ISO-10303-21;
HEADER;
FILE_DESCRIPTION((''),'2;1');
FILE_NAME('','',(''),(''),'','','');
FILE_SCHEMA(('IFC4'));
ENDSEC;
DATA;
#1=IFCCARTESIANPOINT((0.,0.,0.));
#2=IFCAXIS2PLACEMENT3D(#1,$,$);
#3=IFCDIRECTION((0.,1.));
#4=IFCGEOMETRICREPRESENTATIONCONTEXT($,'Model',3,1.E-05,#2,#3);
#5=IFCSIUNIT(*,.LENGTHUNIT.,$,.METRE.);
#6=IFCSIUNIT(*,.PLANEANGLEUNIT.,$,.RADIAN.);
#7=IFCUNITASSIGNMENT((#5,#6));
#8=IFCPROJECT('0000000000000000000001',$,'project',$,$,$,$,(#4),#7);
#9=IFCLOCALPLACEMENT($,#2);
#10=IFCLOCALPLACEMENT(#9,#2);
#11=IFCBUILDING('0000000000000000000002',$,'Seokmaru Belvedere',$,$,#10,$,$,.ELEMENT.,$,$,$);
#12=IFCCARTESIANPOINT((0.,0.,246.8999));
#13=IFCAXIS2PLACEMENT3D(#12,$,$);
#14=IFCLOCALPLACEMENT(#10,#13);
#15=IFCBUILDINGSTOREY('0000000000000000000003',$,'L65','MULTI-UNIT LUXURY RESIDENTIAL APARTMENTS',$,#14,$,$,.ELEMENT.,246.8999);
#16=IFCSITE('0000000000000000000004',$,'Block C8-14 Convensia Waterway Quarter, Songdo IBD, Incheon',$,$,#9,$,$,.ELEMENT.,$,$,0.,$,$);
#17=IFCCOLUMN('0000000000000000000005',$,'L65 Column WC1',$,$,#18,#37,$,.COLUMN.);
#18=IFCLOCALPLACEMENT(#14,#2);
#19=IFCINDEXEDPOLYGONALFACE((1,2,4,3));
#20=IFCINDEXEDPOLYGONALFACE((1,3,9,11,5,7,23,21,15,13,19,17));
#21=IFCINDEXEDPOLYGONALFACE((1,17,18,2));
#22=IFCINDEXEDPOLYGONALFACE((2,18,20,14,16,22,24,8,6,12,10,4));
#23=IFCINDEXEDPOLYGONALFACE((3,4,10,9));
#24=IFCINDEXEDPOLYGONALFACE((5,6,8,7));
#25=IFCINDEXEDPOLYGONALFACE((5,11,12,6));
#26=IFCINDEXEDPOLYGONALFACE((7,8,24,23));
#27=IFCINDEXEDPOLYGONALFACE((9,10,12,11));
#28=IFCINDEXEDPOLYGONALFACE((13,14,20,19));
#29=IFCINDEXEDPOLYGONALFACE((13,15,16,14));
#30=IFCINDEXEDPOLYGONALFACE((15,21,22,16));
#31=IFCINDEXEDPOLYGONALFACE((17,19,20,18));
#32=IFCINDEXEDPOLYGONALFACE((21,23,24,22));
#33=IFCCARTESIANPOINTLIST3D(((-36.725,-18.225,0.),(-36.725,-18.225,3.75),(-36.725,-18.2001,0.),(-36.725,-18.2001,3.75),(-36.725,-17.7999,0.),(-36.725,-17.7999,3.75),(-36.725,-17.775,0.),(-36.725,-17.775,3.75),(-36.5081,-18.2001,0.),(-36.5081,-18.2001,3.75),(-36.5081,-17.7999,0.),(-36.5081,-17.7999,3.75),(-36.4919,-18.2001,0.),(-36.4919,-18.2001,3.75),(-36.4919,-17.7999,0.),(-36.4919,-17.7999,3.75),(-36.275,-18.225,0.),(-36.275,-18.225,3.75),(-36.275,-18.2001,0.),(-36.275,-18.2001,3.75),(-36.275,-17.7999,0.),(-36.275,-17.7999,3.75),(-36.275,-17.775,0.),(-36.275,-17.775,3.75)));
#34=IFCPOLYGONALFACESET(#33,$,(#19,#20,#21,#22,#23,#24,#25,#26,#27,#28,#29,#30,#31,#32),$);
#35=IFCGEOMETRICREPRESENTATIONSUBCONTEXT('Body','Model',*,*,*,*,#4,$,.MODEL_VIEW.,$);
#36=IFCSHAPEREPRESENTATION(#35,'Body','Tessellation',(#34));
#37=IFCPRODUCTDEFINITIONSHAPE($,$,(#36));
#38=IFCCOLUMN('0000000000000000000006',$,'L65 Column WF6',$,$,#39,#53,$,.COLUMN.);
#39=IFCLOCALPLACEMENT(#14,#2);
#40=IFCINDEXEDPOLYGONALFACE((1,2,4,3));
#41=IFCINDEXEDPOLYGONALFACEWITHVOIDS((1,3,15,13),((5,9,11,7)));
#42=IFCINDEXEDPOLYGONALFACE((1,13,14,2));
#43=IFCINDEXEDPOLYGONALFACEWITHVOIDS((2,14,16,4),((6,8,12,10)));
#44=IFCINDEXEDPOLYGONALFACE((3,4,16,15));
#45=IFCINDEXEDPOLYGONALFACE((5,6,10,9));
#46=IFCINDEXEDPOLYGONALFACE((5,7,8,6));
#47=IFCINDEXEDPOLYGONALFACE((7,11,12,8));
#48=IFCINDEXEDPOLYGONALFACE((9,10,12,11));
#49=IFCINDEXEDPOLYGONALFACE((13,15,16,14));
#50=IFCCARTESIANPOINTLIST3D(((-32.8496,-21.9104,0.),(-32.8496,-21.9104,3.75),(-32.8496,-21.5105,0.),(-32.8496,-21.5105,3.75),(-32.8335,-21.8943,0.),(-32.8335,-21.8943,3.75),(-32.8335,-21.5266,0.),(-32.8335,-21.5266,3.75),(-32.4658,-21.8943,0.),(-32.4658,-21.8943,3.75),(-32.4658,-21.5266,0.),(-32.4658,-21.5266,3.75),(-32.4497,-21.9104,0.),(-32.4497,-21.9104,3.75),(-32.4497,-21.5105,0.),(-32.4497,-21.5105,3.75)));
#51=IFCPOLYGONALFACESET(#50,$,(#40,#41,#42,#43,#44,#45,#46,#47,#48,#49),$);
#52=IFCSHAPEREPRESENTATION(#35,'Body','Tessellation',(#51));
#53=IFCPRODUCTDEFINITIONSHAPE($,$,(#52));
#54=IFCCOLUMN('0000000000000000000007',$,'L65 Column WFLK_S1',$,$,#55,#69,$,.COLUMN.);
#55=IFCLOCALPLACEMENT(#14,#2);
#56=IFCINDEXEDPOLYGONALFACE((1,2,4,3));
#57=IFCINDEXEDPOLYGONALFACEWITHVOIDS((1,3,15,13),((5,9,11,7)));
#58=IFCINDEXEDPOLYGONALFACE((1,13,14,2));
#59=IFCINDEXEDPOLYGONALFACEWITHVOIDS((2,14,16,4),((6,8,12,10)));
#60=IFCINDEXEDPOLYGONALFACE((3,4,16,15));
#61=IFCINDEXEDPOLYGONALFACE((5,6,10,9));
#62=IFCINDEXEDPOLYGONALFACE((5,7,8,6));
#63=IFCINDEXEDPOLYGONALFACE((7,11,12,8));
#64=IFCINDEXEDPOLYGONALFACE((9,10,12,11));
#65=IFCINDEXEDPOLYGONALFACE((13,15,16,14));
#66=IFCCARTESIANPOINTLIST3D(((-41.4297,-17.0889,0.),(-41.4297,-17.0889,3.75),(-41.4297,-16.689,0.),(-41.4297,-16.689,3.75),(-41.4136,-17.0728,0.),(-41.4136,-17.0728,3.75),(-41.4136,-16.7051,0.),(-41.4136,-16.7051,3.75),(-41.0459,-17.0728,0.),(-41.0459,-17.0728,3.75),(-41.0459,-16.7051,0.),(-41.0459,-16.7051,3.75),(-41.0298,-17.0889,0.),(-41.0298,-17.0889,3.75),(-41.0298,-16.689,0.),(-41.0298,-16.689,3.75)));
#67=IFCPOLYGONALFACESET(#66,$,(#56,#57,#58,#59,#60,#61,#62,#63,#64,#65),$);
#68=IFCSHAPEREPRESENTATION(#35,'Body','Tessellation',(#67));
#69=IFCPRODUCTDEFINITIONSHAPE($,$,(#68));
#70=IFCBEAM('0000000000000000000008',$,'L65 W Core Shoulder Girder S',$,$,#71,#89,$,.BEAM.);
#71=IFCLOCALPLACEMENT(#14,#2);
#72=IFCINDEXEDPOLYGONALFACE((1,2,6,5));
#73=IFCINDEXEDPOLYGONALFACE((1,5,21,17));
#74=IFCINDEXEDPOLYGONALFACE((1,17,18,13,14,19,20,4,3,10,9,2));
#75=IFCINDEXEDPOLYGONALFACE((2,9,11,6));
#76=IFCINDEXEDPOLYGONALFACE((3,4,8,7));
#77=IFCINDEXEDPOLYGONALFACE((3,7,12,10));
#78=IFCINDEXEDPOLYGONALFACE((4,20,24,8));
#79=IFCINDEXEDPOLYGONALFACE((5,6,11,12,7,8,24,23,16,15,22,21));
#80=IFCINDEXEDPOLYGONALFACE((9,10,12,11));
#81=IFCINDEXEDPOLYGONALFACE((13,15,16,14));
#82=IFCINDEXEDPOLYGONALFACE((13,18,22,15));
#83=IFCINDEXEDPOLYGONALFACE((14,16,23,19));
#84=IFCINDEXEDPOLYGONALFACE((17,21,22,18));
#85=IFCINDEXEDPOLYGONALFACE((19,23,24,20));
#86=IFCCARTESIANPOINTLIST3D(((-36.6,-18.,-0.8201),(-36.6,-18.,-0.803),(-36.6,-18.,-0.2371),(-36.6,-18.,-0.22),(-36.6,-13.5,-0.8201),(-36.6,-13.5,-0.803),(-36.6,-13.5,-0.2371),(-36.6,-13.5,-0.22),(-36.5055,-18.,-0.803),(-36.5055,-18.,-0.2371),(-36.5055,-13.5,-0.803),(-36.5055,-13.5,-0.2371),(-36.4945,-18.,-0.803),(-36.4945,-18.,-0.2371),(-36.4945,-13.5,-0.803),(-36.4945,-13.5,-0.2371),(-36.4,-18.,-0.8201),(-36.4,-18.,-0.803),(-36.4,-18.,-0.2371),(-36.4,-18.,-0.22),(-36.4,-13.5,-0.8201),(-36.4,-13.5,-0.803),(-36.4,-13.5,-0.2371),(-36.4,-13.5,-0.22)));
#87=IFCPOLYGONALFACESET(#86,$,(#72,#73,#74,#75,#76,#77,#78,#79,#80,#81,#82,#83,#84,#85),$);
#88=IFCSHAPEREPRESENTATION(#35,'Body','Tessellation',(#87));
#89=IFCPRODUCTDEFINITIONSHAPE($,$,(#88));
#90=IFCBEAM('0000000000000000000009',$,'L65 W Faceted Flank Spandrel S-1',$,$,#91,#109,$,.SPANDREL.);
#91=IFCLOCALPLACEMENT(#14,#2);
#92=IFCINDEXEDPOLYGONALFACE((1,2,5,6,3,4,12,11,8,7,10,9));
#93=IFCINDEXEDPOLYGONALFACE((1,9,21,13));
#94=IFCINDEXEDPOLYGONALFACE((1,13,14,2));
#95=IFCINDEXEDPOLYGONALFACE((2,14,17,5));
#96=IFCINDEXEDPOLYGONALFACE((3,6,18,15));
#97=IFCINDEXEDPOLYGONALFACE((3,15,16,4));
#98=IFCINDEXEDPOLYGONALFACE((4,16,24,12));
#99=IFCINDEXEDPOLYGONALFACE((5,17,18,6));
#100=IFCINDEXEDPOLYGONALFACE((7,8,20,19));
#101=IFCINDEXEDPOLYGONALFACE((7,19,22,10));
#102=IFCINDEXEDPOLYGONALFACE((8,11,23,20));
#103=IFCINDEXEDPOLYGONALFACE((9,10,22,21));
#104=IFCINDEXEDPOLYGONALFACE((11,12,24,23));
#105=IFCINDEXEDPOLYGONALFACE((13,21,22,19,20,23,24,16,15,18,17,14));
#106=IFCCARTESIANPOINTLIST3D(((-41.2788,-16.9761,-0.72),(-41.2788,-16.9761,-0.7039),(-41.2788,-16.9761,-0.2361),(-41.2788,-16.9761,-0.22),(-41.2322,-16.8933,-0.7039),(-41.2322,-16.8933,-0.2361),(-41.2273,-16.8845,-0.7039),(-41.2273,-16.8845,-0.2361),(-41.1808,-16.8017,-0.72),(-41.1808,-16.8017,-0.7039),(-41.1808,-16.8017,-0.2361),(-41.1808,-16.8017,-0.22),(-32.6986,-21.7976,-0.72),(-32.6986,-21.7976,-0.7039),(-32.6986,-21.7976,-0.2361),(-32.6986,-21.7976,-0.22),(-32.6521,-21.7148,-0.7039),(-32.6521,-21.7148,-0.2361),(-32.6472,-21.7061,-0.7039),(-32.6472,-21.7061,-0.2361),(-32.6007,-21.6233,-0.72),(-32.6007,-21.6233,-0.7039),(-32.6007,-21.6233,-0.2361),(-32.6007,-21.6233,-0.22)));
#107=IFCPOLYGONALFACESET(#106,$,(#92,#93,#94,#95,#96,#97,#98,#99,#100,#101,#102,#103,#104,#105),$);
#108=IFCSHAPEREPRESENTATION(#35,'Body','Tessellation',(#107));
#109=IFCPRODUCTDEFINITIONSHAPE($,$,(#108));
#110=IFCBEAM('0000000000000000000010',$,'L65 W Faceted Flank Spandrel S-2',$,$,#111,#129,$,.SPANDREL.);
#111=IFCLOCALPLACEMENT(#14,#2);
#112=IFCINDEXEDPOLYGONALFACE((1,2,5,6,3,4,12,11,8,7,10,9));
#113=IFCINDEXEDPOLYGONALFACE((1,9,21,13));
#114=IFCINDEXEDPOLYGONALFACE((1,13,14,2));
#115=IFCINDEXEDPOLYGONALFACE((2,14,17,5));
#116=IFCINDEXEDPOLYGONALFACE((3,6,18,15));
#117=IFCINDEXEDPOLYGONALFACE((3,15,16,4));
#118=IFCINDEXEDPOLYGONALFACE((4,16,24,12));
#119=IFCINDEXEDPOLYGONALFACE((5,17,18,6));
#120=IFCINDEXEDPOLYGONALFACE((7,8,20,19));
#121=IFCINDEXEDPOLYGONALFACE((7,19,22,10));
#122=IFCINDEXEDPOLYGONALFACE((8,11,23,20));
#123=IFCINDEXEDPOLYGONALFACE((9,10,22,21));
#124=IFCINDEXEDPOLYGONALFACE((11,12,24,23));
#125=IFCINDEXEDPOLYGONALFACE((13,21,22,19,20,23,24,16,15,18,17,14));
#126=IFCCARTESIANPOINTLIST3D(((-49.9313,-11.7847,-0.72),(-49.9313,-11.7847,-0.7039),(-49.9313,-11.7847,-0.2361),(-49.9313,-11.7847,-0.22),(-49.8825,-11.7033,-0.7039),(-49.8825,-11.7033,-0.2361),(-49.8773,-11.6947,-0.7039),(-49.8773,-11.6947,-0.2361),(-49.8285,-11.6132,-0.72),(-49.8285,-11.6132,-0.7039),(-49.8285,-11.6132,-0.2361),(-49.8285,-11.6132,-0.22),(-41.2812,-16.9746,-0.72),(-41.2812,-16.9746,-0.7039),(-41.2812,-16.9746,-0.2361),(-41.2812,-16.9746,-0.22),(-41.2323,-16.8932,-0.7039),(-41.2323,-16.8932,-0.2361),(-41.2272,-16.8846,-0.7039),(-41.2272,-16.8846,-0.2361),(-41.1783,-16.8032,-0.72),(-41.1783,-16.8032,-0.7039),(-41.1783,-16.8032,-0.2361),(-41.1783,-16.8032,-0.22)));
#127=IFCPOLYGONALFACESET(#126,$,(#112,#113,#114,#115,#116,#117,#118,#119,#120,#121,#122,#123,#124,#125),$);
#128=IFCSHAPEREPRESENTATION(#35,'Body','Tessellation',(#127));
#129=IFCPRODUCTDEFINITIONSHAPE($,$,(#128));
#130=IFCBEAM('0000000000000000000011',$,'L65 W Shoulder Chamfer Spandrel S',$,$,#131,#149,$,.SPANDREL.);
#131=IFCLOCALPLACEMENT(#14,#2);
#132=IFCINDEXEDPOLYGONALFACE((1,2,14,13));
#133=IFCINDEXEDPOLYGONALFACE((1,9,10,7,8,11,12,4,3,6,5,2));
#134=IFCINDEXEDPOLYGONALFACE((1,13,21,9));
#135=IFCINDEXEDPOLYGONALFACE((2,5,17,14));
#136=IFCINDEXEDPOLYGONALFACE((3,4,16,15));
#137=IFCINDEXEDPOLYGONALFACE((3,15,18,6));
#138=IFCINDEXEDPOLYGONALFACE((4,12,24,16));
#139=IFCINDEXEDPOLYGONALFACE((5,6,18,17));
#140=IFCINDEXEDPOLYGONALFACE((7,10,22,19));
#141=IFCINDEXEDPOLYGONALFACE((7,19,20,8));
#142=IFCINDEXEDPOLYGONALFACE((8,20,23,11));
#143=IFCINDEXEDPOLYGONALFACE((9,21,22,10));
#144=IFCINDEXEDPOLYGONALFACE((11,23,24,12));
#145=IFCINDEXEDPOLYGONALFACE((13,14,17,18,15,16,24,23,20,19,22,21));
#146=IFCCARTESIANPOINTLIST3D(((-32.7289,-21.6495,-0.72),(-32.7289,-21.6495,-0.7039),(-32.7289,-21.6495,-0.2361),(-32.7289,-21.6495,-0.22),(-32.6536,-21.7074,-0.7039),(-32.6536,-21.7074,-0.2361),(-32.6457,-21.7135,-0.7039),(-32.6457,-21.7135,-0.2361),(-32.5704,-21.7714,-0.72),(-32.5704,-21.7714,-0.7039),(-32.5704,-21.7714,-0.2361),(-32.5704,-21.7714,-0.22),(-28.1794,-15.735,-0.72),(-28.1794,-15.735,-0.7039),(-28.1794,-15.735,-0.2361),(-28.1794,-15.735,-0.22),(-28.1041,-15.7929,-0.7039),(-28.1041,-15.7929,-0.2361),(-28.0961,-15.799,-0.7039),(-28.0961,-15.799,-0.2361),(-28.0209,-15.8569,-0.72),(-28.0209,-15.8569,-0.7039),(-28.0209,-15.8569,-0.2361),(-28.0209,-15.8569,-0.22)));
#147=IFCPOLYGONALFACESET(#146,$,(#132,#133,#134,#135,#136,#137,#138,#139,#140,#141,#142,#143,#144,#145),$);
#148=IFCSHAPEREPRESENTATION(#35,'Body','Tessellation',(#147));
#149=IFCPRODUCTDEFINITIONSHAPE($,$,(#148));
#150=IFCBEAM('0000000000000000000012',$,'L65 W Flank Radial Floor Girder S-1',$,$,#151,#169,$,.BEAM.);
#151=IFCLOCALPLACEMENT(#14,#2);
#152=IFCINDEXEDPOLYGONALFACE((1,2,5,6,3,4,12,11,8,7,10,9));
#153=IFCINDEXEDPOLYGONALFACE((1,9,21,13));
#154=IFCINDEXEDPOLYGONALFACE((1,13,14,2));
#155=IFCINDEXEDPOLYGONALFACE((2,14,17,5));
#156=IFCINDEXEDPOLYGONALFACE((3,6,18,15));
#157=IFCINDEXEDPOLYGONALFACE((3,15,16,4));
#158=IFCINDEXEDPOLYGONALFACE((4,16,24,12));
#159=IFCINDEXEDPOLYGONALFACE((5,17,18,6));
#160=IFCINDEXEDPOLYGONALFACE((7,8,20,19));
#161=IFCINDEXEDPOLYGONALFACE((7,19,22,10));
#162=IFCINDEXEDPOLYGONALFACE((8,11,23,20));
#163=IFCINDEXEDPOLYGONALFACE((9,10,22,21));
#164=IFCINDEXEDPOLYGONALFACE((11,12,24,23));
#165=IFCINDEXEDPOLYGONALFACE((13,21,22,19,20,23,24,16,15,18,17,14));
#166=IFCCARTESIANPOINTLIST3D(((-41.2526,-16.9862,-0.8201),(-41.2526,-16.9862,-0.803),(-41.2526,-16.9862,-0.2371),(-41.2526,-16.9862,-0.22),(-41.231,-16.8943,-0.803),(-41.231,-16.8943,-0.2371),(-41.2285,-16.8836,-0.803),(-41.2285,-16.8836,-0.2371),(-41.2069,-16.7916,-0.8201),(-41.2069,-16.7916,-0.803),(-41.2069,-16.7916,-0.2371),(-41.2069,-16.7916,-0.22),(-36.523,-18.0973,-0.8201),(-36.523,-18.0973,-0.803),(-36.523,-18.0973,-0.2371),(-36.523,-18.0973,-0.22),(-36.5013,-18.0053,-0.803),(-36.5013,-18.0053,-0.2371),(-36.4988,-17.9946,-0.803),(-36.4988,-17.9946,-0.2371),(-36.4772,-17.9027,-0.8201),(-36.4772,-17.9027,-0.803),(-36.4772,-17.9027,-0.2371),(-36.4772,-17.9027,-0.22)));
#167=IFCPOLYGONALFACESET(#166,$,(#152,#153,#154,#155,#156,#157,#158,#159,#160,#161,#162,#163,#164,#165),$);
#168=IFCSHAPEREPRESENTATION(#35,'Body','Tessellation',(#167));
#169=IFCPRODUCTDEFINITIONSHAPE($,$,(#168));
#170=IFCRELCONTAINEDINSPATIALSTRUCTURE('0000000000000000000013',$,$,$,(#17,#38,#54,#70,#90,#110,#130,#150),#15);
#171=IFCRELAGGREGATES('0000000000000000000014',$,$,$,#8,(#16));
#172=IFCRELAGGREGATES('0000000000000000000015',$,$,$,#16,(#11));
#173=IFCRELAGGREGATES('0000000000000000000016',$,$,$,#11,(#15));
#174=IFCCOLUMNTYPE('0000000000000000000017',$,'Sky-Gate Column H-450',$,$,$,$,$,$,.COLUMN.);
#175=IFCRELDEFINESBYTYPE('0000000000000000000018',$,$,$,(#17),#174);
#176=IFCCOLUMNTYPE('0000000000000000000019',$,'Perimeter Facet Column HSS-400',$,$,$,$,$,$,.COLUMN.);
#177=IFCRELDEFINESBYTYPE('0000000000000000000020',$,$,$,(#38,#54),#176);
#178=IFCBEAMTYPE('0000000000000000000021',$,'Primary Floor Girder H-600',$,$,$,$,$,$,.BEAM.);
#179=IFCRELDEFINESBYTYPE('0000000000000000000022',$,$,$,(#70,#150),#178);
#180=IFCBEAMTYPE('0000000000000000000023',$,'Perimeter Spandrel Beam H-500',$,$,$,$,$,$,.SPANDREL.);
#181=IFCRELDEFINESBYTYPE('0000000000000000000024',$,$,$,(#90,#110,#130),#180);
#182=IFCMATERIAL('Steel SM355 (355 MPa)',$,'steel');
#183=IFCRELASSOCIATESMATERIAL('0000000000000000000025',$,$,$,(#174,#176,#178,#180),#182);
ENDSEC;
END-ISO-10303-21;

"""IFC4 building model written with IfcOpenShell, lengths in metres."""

from ifc_helpers import new_model, si_unit, direction, frame, origin, origin_2d, place, context, subcontext, project, spatial, hollow_rectangle, i_section, extrude, source, transform, mapped, material, material_profile, profile_set, type_object, type_shapes, element, save


model = new_model("IFC4")

# Units and contexts
model_context = context("Model", 3, precision=1e-05, world=origin(), true_north=direction((0.0, 1.0)))
body_context = subcontext(model_context, "Body", "Model", "MODEL_VIEW")
ifc_project = project(units=[si_unit("LENGTHUNIT", "METRE"), si_unit("PLANEANGLEUNIT", "RADIAN")], contexts=[model_context])

# Site, building, storey
site_placement = place(None, origin())
site = spatial("IfcSite", under=ifc_project, at=site_placement, Name="Block C8-14 Convensia Waterway Quarter, Songdo IBD, Incheon", CompositionType="ELEMENT", RefElevation=0.0)
building_placement = place(site_placement, origin())
building = spatial("IfcBuilding", under=site, at=building_placement, Name="Seokmaru Belvedere", CompositionType="ELEMENT")
storey_placement = place(building_placement, frame((0.0, 0.0, 246.8999)))
storey = spatial("IfcBuildingStorey", under=building, at=storey_placement, Name="L65", Description="MULTI-UNIT LUXURY RESIDENTIAL APARTMENTS", CompositionType="ELEMENT", Elevation=246.8999)

# Columns
ifc_material_1 = material(Name="Steel SM355 (355 MPa)", Category="steel")
ifc_material_profile_1 = material_profile(ifc_material_1, i_section(OverallWidth=0.45, OverallDepth=0.45, WebThickness=0.0161, FlangeThickness=0.0249, at=origin_2d()), Name="H-450x450x16x25")
ifc_profile_set_1 = profile_set([ifc_material_profile_1], Name="Steel SM355 (355 MPa)")
column_type_1 = type_object("IfcColumnType", Name="Sky-Gate Column H-450", PredefinedType="COLUMN", material=ifc_profile_set_1)
shared_shape_1 = source(origin(), body_context, "Body", "SweptSolid", [
    extrude(i_section(OverallWidth=0.45, OverallDepth=0.45, WebThickness=0.0161, FlangeThickness=0.0249, at=origin_2d()), origin(), (0.0, 0.0, 1.0), 3.75),
])
type_shapes(column_type_1, [shared_shape_1])
column_placement = place(storey_placement, frame((-36.5, -18.0, 0.0), z_axis=(0.0, 0.0, 1.0), x_axis=(1.0, 0.0, 0.0)))
element("IfcColumn", 1, at=column_placement, inside=storey, type_object=column_type_1, Name="L65 Column WC1", PredefinedType="COLUMN", context=body_context, shape_type="MappedRepresentation", body=[
    mapped(shared_shape_1, transform((0.0, 0.0, 0.0), scale=1.0)),
])
ifc_material_profile_2 = material_profile(ifc_material_1, hollow_rectangle(XDim=0.3999, YDim=0.3999, WallThickness=0.0161, at=origin_2d()), Name="HSS-400x400x16")
ifc_profile_set_2 = profile_set([ifc_material_profile_2], Name="Steel SM355 (355 MPa)")
column_type_2 = type_object("IfcColumnType", Name="Perimeter Facet Column HSS-400", PredefinedType="COLUMN", material=ifc_profile_set_2)
shared_shape_2 = source(origin(), body_context, "Body", "SweptSolid", [
    extrude(hollow_rectangle(XDim=0.3999, YDim=0.3999, WallThickness=0.0161, at=origin_2d()), origin(), (0.0, 0.0, 1.0), 3.75),
])
type_shapes(column_type_2, [shared_shape_2])
for number, where, z_axis, x_axis, name in (
    (2, (-32.6497, -21.7104, 0.0), (0.0, 0.0, 1.0), (1.0, 0.0, 0.0), "L65 Column WF6"),
    (3, (-41.2297, -16.8889, 0.0), (0.0, 0.0, 1.0), (1.0, 0.0, 0.0), "L65 Column WFLK_S1"),
):
    element("IfcColumn", number, at=place(storey_placement, frame(where, z_axis=z_axis, x_axis=x_axis)), inside=storey, type_object=column_type_2, Name=name, PredefinedType="COLUMN", context=body_context, shape_type="MappedRepresentation", body=[
        mapped(shared_shape_2, transform((0.0, 0.0, 0.0), scale=1.0)),
    ])

# Beams
ifc_material_profile_3 = material_profile(ifc_material_1, i_section(OverallWidth=0.2, OverallDepth=0.6001, WebThickness=0.011, FlangeThickness=0.0171, at=origin_2d()), Name="H-600x200x11x17")
ifc_profile_set_3 = profile_set([ifc_material_profile_3], Name="Steel SM355 (355 MPa)")
beam_type_1 = type_object("IfcBeamType", Name="Primary Floor Girder H-600", PredefinedType="BEAM", material=ifc_profile_set_3)
shared_shape_3 = source(origin(), body_context, "Body", "SweptSolid", [
    extrude(i_section(OverallWidth=0.2, OverallDepth=0.6001, WebThickness=0.011, FlangeThickness=0.0171, at=origin_2d()), origin(), (0.0, 0.0, 1.0), 4.5),
])
beam_1_placement = place(storey_placement, frame((-36.5, -18.0, -0.52), z_axis=(0.0, 1.0, 0.0), x_axis=(-1.0, 0.0, 0.0)))
element("IfcBeam", 4, at=beam_1_placement, inside=storey, type_object=beam_type_1, Name="L65 W Core Shoulder Girder S", PredefinedType="BEAM", context=body_context, shape_type="MappedRepresentation", body=[
    mapped(shared_shape_3, transform((0.0, 0.0, 0.0), scale=1.0)),
])
ifc_material_profile_4 = material_profile(ifc_material_1, i_section(OverallWidth=0.2, OverallDepth=0.5, WebThickness=0.01, FlangeThickness=0.0161, at=origin_2d()), Name="H-500x200x10x16")
ifc_profile_set_4 = profile_set([ifc_material_profile_4], Name="Steel SM355 (355 MPa)")
beam_type_2 = type_object("IfcBeamType", Name="Perimeter Spandrel Beam H-500", PredefinedType="SPANDREL", material=ifc_profile_set_4)
shared_shape_4 = source(origin(), body_context, "Body", "SweptSolid", [
    extrude(i_section(OverallWidth=0.2, OverallDepth=0.5, WebThickness=0.01, FlangeThickness=0.0161, at=origin_2d()), origin(), (0.0, 0.0, 1.0), 9.842),
])
beam_2_placement = place(storey_placement, frame((-32.6497, -21.7104, -0.47), z_axis=(-0.871782, 0.489894, 0.0), x_axis=(-0.489894, -0.871782, 0.0)))
element("IfcBeam", 5, at=beam_2_placement, inside=storey, type_object=beam_type_2, Name="L65 W Faceted Flank Spandrel S-1", PredefinedType="SPANDREL", context=body_context, shape_type="MappedRepresentation", body=[
    mapped(shared_shape_4, transform((0.0, 0.0, 0.0), scale=1.0)),
])
shared_shape_5 = source(origin(), body_context, "Body", "SweptSolid", [
    extrude(i_section(OverallWidth=0.2, OverallDepth=0.5, WebThickness=0.01, FlangeThickness=0.0161, at=origin_2d()), origin(), (0.0, 0.0, 1.0), 10.0876),
])
beam_3_placement = place(storey_placement, frame((-41.2297, -16.8889, -0.47), z_axis=(-0.857499, 0.514485, 0.0), x_axis=(-0.514485, -0.857499, 0.0)))
element("IfcBeam", 6, at=beam_3_placement, inside=storey, type_object=beam_type_2, Name="L65 W Faceted Flank Spandrel S-2", PredefinedType="SPANDREL", context=body_context, shape_type="MappedRepresentation", body=[
    mapped(shared_shape_5, transform((0.0, 0.0, 0.0), scale=1.0)),
])
shared_shape_6 = source(origin(), body_context, "Body", "SweptSolid", [
    extrude(i_section(OverallWidth=0.2, OverallDepth=0.5, WebThickness=0.01, FlangeThickness=0.0161, at=origin_2d()), origin(), (0.0, 0.0, 1.0), 7.4619),
])
type_shapes(beam_type_2, [shared_shape_4, shared_shape_5, shared_shape_6])
beam_4_placement = place(storey_placement, frame((-32.6497, -21.7104, -0.47), z_axis=(0.609703, 0.79263, 0.0), x_axis=(-0.79263, 0.609703, 0.0)))
element("IfcBeam", 7, at=beam_4_placement, inside=storey, type_object=beam_type_2, Name="L65 W Shoulder Chamfer Spandrel S", PredefinedType="SPANDREL", context=body_context, shape_type="MappedRepresentation", body=[
    mapped(shared_shape_6, transform((0.0, 0.0, 0.0), scale=1.0)),
])
shared_shape_7 = source(origin(), body_context, "Body", "SweptSolid", [
    extrude(i_section(OverallWidth=0.2, OverallDepth=0.6001, WebThickness=0.011, FlangeThickness=0.0171, at=origin_2d()), origin(), (0.0, 0.0, 1.0), 4.8584),
])
type_shapes(beam_type_1, [shared_shape_3, shared_shape_7])
beam_5_placement = place(storey_placement, frame((-41.2297, -16.8889, -0.52), z_axis=(0.973499, -0.228689, 0.0), x_axis=(0.228689, 0.973499, 0.0)))
element("IfcBeam", 8, at=beam_5_placement, inside=storey, type_object=beam_type_1, Name="L65 W Flank Radial Floor Girder S-1", PredefinedType="BEAM", context=body_context, shape_type="MappedRepresentation", body=[
    mapped(shared_shape_7, transform((0.0, 0.0, 0.0), scale=1.0)),
])

save(model, "model.ifc")
